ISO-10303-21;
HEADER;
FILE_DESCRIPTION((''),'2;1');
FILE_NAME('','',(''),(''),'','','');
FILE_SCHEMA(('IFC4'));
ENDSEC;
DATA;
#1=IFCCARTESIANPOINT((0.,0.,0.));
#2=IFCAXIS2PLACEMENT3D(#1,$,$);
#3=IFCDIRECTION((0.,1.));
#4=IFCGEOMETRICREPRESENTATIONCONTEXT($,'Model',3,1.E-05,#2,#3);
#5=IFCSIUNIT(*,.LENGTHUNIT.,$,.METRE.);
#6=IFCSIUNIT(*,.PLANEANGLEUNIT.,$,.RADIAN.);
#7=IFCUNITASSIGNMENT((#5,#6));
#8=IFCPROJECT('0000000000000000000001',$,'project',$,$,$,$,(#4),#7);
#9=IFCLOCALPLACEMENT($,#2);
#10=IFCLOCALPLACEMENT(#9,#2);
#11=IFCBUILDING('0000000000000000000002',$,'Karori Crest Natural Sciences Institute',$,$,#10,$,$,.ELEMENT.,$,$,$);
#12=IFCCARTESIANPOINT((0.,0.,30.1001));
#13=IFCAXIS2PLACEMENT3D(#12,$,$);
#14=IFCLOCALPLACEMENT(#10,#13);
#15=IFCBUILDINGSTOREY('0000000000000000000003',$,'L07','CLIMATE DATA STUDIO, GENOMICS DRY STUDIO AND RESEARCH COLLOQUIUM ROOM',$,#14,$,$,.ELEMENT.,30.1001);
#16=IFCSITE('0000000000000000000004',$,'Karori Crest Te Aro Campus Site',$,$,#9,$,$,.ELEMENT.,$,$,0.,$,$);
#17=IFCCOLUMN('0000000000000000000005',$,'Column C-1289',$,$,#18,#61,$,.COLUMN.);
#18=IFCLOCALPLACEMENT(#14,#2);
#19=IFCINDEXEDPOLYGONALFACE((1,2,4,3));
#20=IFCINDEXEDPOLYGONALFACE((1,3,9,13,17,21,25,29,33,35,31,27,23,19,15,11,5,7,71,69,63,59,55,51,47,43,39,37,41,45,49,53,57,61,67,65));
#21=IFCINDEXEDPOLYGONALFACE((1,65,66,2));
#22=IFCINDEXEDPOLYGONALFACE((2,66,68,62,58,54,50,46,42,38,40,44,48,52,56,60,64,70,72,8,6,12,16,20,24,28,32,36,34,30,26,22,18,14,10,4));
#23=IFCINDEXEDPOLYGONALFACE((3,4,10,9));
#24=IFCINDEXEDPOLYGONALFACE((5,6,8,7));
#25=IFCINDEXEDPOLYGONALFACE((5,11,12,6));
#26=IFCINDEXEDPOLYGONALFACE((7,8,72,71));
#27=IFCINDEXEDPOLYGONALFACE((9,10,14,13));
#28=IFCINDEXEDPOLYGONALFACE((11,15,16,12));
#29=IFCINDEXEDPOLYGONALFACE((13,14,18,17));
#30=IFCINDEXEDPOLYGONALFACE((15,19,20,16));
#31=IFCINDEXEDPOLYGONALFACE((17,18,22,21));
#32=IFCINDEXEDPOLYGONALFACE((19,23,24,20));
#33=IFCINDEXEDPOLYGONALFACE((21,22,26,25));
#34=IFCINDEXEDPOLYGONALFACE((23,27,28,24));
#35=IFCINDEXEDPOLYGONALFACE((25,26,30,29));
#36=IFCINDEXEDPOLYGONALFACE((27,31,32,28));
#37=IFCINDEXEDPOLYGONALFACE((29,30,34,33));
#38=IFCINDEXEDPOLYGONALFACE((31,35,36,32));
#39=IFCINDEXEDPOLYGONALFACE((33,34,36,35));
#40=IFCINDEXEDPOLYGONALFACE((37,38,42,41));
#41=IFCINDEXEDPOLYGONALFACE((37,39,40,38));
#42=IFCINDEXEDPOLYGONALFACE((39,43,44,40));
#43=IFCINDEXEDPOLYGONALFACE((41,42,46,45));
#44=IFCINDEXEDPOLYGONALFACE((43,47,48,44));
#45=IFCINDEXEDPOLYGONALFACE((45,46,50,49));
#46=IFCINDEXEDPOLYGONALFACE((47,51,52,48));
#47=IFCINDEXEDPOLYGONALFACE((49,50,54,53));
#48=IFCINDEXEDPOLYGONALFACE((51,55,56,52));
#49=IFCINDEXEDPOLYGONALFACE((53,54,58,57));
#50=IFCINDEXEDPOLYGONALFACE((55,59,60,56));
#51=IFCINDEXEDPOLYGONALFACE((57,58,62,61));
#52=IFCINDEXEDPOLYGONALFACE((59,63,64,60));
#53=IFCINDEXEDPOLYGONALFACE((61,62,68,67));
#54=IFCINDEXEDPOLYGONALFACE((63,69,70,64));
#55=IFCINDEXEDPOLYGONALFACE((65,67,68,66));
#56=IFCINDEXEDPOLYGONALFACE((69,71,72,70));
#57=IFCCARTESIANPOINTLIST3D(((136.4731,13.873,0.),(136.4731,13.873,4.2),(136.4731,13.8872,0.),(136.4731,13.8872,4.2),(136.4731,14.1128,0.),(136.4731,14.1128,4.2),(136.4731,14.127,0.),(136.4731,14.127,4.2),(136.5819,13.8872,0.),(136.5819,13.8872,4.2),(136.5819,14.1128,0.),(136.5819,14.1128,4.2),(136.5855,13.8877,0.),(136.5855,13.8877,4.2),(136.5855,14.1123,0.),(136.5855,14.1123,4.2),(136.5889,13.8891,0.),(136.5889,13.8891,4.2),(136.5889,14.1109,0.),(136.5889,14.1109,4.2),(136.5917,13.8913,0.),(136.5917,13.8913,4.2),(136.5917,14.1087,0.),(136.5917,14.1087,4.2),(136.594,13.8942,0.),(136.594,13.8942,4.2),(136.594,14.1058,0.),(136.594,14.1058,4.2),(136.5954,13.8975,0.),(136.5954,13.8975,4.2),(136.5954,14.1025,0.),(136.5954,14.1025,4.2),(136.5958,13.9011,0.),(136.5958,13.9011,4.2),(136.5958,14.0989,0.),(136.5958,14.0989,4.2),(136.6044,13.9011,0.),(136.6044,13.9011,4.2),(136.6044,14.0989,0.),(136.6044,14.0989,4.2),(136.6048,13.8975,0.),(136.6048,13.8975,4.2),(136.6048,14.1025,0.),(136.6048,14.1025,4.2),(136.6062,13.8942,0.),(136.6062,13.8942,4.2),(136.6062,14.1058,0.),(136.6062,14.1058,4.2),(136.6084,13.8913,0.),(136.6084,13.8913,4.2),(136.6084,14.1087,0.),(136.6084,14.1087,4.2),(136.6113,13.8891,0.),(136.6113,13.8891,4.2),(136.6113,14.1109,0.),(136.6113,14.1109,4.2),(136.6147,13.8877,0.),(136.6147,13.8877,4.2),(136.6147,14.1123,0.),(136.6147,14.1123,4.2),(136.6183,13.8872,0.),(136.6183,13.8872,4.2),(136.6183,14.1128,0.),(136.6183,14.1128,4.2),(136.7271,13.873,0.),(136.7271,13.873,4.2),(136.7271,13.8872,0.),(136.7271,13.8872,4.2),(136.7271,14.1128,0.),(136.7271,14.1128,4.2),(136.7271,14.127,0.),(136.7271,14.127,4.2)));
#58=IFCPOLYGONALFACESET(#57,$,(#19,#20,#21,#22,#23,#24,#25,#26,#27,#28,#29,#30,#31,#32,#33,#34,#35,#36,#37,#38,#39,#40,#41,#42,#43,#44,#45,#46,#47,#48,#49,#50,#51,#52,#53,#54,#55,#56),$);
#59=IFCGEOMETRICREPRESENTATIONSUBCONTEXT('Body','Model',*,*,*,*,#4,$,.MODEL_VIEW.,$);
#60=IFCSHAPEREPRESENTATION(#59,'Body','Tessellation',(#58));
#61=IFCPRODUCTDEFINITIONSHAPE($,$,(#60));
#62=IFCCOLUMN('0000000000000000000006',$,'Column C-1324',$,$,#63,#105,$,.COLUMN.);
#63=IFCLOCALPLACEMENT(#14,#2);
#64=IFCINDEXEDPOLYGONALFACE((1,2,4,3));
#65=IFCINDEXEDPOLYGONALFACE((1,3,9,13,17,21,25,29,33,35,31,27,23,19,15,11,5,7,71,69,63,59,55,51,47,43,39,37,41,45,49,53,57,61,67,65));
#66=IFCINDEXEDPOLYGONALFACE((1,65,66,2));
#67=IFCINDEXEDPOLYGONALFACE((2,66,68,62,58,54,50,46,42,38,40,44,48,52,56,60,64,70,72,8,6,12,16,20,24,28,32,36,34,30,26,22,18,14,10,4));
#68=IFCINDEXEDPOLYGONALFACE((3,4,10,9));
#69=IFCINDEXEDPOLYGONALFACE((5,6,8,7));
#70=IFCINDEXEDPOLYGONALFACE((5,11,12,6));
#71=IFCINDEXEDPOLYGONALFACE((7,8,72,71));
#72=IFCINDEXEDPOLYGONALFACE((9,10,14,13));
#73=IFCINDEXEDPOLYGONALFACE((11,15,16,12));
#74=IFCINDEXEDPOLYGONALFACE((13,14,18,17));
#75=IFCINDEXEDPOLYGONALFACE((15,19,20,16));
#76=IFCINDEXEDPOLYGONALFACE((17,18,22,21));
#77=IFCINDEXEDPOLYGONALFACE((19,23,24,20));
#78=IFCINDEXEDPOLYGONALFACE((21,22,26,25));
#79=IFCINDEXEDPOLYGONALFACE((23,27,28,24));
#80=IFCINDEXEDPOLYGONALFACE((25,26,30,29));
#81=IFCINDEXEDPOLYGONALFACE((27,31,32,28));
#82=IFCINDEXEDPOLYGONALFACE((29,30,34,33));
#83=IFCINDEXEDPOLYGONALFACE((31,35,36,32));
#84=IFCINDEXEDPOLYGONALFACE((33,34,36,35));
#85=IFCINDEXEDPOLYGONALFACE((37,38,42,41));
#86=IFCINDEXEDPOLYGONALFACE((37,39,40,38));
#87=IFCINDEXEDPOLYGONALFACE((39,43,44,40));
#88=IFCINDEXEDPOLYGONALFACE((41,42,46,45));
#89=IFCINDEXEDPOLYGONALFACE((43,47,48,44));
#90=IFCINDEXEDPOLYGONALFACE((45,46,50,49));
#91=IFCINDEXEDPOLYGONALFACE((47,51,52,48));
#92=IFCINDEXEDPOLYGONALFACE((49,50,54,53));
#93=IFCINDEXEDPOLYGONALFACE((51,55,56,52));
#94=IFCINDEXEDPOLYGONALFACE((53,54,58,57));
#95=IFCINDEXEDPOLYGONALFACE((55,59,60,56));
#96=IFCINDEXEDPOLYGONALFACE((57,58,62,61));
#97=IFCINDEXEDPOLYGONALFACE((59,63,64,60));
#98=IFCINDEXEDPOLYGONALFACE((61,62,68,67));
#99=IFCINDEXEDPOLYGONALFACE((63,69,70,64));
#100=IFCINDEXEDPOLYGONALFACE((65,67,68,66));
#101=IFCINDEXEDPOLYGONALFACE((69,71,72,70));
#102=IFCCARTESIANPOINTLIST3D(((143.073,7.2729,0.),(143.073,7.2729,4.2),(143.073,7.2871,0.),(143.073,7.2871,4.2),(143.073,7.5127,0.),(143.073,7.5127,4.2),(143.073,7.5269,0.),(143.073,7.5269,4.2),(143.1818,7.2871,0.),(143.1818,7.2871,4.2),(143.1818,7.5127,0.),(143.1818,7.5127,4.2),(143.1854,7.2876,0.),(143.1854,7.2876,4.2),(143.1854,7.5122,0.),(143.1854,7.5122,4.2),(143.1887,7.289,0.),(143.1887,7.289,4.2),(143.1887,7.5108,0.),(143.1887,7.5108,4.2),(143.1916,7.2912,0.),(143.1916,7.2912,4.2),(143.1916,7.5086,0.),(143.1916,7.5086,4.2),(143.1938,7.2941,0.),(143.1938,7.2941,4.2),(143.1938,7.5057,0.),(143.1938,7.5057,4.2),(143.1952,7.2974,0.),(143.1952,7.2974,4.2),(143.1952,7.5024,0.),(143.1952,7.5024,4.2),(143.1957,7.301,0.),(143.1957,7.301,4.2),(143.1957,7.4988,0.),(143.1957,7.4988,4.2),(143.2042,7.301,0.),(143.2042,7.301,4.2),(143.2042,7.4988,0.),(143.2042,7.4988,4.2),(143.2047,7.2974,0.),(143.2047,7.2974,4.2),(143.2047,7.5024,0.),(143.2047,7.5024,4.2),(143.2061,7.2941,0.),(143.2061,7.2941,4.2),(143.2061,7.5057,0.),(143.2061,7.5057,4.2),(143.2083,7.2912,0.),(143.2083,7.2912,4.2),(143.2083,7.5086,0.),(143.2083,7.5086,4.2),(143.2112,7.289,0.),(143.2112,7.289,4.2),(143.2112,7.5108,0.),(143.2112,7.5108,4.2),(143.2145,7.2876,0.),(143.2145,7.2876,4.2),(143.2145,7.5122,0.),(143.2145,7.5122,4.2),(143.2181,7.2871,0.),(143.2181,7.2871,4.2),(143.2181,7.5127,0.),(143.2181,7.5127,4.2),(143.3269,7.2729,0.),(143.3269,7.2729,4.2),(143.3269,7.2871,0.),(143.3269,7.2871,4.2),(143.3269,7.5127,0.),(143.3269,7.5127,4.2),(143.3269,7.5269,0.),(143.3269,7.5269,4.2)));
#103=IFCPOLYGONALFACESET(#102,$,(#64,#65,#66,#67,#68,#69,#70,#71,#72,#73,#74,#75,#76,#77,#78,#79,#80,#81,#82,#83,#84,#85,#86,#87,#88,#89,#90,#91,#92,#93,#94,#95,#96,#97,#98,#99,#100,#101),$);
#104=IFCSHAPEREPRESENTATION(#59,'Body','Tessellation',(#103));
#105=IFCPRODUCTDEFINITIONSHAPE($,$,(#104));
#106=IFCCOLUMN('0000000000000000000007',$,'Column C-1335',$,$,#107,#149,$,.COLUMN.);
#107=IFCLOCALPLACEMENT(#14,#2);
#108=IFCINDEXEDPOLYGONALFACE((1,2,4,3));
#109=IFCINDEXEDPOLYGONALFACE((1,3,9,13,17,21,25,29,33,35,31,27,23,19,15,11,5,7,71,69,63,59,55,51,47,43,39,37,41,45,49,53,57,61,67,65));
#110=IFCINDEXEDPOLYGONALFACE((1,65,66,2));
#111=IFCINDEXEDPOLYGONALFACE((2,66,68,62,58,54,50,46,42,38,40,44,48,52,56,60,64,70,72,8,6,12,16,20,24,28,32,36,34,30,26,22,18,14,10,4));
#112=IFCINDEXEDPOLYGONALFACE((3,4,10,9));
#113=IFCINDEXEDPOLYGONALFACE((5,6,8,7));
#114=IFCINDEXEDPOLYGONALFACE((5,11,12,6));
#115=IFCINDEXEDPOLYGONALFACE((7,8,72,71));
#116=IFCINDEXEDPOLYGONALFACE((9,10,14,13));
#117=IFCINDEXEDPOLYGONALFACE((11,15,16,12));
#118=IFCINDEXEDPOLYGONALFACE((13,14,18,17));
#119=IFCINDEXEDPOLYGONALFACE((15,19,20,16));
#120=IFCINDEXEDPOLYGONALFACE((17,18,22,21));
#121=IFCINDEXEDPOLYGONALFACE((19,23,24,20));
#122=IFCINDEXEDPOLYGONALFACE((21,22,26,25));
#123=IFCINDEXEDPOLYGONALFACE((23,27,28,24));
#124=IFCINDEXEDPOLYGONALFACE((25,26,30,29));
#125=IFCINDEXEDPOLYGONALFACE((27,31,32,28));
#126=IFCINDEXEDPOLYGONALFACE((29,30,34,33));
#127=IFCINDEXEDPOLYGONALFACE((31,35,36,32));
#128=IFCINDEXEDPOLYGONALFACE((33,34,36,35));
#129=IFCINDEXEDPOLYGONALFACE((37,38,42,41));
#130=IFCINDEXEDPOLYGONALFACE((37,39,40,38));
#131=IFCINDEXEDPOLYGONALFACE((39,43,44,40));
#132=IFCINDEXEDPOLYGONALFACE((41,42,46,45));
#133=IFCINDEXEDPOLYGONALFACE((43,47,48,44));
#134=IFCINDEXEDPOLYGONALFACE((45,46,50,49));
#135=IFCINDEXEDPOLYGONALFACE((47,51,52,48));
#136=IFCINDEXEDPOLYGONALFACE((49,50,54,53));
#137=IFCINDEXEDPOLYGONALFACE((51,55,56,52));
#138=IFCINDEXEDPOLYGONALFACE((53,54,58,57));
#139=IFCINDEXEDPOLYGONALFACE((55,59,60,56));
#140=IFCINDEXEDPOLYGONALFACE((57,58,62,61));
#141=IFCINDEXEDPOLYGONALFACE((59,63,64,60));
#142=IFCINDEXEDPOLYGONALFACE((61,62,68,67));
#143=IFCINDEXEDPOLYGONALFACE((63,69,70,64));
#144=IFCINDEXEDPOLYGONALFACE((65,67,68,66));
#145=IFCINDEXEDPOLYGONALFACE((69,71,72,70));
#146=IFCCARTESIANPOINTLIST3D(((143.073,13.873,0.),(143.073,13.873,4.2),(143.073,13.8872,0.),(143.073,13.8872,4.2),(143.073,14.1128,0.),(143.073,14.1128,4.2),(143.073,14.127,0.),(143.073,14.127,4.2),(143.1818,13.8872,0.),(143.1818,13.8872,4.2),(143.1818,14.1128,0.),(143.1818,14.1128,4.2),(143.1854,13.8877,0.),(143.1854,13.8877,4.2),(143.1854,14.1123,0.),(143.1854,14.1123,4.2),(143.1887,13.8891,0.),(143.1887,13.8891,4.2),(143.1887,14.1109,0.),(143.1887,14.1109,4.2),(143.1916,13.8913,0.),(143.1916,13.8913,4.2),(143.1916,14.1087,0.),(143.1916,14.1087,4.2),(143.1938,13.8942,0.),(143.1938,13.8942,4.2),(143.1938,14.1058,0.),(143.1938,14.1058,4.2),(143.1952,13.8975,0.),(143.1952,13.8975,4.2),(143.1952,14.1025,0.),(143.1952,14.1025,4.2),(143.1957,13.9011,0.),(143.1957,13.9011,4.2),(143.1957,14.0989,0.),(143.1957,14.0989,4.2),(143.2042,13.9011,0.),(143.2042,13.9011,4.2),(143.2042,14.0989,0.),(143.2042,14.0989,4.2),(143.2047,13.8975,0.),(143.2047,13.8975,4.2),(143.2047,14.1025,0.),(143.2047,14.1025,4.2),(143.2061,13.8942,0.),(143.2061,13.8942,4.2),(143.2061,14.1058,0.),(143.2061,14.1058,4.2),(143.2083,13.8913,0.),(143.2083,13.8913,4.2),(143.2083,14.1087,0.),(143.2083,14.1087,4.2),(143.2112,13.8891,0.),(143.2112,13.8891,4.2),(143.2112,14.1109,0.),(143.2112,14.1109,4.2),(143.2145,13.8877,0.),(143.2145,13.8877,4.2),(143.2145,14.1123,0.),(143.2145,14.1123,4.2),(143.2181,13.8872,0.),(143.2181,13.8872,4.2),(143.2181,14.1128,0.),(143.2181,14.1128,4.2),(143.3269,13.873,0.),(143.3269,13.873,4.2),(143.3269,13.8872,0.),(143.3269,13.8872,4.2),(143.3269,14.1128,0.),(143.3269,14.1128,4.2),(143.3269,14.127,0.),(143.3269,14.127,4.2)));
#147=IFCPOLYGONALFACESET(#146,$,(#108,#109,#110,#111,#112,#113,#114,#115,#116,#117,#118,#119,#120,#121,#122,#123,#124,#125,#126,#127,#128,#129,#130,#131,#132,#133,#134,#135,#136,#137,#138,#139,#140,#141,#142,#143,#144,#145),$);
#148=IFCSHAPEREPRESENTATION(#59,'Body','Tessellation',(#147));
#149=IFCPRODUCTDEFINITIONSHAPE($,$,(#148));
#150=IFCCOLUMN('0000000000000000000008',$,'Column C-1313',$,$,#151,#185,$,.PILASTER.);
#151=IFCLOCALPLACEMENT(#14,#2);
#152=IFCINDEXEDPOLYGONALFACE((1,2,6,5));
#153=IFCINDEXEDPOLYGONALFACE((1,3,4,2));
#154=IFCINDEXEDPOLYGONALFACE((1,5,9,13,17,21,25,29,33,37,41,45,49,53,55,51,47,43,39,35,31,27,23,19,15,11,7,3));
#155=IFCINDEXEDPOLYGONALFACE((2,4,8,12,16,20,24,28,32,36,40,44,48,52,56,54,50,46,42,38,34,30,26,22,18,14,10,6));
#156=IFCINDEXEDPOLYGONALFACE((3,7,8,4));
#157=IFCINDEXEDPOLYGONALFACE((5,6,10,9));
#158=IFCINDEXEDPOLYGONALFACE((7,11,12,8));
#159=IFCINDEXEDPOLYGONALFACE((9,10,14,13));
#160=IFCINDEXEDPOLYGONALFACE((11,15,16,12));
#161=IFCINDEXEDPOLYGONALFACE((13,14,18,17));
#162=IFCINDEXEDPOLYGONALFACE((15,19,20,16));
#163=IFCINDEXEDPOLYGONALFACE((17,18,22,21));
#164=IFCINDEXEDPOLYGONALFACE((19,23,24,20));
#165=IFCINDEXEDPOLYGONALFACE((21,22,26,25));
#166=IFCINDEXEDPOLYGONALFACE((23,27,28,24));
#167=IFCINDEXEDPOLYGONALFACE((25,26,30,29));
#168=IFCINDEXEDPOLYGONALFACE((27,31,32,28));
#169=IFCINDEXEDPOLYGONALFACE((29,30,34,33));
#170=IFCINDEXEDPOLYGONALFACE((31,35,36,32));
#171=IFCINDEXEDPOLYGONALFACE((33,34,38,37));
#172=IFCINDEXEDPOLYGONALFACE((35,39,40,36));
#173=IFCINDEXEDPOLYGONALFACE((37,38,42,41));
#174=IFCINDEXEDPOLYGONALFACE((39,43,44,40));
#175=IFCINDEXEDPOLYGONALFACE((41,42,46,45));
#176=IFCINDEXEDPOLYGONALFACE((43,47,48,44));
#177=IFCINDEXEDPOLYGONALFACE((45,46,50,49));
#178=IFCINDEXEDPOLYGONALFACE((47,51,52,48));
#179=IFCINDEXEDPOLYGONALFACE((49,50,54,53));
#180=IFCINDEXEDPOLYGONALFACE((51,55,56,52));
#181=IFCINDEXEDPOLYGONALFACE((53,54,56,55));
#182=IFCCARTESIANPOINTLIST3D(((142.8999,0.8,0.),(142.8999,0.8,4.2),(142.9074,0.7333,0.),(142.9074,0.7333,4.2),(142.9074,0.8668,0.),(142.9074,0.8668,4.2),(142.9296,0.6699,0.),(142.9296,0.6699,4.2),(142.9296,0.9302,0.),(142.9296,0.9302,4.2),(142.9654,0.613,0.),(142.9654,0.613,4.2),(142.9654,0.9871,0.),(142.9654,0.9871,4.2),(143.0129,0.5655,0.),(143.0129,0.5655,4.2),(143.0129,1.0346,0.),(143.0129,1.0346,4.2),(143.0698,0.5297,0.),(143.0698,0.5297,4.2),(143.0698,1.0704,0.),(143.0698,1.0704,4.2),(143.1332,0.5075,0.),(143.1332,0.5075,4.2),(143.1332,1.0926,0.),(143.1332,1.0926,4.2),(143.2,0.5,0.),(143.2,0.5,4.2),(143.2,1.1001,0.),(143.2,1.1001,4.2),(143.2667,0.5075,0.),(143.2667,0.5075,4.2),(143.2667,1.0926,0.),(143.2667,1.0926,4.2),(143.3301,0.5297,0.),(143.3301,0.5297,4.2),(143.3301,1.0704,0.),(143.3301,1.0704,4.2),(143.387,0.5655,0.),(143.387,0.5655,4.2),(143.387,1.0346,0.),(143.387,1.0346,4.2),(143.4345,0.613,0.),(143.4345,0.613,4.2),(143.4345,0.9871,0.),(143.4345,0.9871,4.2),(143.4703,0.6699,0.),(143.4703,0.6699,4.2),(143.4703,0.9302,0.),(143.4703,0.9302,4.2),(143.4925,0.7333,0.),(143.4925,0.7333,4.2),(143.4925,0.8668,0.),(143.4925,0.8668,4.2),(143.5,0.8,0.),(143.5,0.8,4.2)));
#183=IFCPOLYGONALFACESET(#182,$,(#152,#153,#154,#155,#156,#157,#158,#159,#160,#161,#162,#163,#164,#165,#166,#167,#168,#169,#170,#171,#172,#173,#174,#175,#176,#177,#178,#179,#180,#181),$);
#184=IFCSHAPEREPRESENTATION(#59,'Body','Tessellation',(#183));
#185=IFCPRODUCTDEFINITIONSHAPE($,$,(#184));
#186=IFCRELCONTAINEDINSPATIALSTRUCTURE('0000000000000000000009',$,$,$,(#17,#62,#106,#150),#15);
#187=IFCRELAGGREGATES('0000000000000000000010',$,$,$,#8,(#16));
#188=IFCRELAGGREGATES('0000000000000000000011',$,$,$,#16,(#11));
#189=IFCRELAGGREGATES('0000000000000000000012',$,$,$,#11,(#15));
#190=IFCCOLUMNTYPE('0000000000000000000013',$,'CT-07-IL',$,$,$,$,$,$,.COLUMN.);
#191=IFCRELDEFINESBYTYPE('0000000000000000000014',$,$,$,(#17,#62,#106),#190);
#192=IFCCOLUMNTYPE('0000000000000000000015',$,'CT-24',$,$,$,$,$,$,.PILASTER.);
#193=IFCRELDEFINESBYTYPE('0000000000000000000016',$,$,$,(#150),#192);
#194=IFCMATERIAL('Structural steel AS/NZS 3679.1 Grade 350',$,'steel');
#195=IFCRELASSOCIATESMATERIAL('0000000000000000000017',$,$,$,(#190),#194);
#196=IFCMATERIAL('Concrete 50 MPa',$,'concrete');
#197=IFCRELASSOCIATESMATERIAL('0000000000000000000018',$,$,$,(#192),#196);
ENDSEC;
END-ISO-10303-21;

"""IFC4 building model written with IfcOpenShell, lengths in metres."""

from ifc_helpers import new_model, si_unit, direction, frame, origin, origin_2d, place, context, subcontext, project, spatial, circle, i_section, extrude, material, material_profile, profile_set, type_object, element, save


model = new_model("IFC4")

# Units and contexts
model_context = context("Model", 3, precision=1e-05, world=origin(), true_north=direction((0.0, 1.0)))
body_context = subcontext(model_context, "Body", "Model", "MODEL_VIEW")
ifc_project = project(units=[si_unit("LENGTHUNIT", "METRE"), si_unit("PLANEANGLEUNIT", "RADIAN")], contexts=[model_context])

# Site, building, storey
site_placement = place(None, origin())
site = spatial("IfcSite", under=ifc_project, at=site_placement, Name="Karori Crest Te Aro Campus Site", CompositionType="ELEMENT", RefElevation=0.0)
building_placement = place(site_placement, origin())
building = spatial("IfcBuilding", under=site, at=building_placement, Name="Karori Crest Natural Sciences Institute", CompositionType="ELEMENT")
storey_placement = place(building_placement, frame((0.0, 0.0, 30.1001)))
storey = spatial("IfcBuildingStorey", under=building, at=storey_placement, Name="L07", Description="CLIMATE DATA STUDIO, GENOMICS DRY STUDIO AND RESEARCH COLLOQUIUM ROOM", CompositionType="ELEMENT", Elevation=30.1001)

# Columns
ifc_material_1 = material(Name="Structural steel AS/NZS 3679.1 Grade 350", Category="steel")
ifc_material_profile_1 = material_profile(ifc_material_1, i_section(OverallWidth=0.2539, OverallDepth=0.2539, WebThickness=0.0085, FlangeThickness=0.0142, FilletRadius=0.0139, at=origin_2d()), Name="250UC72.9")
ifc_profile_set_1 = profile_set([ifc_material_profile_1], Name="Structural steel AS/NZS 3679.1 Grade 350")
column_type_1 = type_object("IfcColumnType", Name="CT-07-IL", PredefinedType="COLUMN", material=ifc_profile_set_1)
for number, where, z_axis, x_axis, name in (
    (1, (136.6001, 14.0, 0.0), (0.0, 0.0, 1.0), (1.0, 0.0, 0.0), "Column C-1289"),
    (2, (143.2, 7.3999, 0.0), (0.0, 0.0, 1.0), (1.0, 0.0, 0.0), "Column C-1324"),
    (3, (143.2, 14.0, 0.0), (0.0, 0.0, 1.0), (1.0, 0.0, 0.0), "Column C-1335"),
):
    element("IfcColumn", number, at=place(storey_placement, frame(where, z_axis=z_axis, x_axis=x_axis)), inside=storey, type_object=column_type_1, Name=name, PredefinedType="COLUMN", context=body_context, shape_type="SweptSolid", body=[
        extrude(i_section(OverallWidth=0.2539, OverallDepth=0.2539, WebThickness=0.0085, FlangeThickness=0.0142, FilletRadius=0.0139, at=origin_2d()), origin(), (0.0, 0.0, 1.0), 4.2),
    ])
ifc_material_2 = material(Name="Concrete 50 MPa", Category="concrete")
ifc_material_profile_2 = material_profile(ifc_material_2, circle(Radius=0.3, at=origin_2d()), Name="RCC600")
ifc_profile_set_2 = profile_set([ifc_material_profile_2], Name="Concrete 50 MPa")
column_type_2 = type_object("IfcColumnType", Name="CT-24", PredefinedType="PILASTER", material=ifc_profile_set_2)
column_placement = place(storey_placement, frame((143.2, 0.8, 0.0), z_axis=(0.0, 0.0, 1.0), x_axis=(1.0, 0.0, 0.0)))
element("IfcColumn", 4, at=column_placement, inside=storey, type_object=column_type_2, Name="Column C-1313", PredefinedType="PILASTER", context=body_context, shape_type="SweptSolid", body=[
    extrude(circle(Radius=0.3, at=origin_2d()), origin(), (0.0, 0.0, 1.0), 4.2),
])

save(model, "model.ifc")
